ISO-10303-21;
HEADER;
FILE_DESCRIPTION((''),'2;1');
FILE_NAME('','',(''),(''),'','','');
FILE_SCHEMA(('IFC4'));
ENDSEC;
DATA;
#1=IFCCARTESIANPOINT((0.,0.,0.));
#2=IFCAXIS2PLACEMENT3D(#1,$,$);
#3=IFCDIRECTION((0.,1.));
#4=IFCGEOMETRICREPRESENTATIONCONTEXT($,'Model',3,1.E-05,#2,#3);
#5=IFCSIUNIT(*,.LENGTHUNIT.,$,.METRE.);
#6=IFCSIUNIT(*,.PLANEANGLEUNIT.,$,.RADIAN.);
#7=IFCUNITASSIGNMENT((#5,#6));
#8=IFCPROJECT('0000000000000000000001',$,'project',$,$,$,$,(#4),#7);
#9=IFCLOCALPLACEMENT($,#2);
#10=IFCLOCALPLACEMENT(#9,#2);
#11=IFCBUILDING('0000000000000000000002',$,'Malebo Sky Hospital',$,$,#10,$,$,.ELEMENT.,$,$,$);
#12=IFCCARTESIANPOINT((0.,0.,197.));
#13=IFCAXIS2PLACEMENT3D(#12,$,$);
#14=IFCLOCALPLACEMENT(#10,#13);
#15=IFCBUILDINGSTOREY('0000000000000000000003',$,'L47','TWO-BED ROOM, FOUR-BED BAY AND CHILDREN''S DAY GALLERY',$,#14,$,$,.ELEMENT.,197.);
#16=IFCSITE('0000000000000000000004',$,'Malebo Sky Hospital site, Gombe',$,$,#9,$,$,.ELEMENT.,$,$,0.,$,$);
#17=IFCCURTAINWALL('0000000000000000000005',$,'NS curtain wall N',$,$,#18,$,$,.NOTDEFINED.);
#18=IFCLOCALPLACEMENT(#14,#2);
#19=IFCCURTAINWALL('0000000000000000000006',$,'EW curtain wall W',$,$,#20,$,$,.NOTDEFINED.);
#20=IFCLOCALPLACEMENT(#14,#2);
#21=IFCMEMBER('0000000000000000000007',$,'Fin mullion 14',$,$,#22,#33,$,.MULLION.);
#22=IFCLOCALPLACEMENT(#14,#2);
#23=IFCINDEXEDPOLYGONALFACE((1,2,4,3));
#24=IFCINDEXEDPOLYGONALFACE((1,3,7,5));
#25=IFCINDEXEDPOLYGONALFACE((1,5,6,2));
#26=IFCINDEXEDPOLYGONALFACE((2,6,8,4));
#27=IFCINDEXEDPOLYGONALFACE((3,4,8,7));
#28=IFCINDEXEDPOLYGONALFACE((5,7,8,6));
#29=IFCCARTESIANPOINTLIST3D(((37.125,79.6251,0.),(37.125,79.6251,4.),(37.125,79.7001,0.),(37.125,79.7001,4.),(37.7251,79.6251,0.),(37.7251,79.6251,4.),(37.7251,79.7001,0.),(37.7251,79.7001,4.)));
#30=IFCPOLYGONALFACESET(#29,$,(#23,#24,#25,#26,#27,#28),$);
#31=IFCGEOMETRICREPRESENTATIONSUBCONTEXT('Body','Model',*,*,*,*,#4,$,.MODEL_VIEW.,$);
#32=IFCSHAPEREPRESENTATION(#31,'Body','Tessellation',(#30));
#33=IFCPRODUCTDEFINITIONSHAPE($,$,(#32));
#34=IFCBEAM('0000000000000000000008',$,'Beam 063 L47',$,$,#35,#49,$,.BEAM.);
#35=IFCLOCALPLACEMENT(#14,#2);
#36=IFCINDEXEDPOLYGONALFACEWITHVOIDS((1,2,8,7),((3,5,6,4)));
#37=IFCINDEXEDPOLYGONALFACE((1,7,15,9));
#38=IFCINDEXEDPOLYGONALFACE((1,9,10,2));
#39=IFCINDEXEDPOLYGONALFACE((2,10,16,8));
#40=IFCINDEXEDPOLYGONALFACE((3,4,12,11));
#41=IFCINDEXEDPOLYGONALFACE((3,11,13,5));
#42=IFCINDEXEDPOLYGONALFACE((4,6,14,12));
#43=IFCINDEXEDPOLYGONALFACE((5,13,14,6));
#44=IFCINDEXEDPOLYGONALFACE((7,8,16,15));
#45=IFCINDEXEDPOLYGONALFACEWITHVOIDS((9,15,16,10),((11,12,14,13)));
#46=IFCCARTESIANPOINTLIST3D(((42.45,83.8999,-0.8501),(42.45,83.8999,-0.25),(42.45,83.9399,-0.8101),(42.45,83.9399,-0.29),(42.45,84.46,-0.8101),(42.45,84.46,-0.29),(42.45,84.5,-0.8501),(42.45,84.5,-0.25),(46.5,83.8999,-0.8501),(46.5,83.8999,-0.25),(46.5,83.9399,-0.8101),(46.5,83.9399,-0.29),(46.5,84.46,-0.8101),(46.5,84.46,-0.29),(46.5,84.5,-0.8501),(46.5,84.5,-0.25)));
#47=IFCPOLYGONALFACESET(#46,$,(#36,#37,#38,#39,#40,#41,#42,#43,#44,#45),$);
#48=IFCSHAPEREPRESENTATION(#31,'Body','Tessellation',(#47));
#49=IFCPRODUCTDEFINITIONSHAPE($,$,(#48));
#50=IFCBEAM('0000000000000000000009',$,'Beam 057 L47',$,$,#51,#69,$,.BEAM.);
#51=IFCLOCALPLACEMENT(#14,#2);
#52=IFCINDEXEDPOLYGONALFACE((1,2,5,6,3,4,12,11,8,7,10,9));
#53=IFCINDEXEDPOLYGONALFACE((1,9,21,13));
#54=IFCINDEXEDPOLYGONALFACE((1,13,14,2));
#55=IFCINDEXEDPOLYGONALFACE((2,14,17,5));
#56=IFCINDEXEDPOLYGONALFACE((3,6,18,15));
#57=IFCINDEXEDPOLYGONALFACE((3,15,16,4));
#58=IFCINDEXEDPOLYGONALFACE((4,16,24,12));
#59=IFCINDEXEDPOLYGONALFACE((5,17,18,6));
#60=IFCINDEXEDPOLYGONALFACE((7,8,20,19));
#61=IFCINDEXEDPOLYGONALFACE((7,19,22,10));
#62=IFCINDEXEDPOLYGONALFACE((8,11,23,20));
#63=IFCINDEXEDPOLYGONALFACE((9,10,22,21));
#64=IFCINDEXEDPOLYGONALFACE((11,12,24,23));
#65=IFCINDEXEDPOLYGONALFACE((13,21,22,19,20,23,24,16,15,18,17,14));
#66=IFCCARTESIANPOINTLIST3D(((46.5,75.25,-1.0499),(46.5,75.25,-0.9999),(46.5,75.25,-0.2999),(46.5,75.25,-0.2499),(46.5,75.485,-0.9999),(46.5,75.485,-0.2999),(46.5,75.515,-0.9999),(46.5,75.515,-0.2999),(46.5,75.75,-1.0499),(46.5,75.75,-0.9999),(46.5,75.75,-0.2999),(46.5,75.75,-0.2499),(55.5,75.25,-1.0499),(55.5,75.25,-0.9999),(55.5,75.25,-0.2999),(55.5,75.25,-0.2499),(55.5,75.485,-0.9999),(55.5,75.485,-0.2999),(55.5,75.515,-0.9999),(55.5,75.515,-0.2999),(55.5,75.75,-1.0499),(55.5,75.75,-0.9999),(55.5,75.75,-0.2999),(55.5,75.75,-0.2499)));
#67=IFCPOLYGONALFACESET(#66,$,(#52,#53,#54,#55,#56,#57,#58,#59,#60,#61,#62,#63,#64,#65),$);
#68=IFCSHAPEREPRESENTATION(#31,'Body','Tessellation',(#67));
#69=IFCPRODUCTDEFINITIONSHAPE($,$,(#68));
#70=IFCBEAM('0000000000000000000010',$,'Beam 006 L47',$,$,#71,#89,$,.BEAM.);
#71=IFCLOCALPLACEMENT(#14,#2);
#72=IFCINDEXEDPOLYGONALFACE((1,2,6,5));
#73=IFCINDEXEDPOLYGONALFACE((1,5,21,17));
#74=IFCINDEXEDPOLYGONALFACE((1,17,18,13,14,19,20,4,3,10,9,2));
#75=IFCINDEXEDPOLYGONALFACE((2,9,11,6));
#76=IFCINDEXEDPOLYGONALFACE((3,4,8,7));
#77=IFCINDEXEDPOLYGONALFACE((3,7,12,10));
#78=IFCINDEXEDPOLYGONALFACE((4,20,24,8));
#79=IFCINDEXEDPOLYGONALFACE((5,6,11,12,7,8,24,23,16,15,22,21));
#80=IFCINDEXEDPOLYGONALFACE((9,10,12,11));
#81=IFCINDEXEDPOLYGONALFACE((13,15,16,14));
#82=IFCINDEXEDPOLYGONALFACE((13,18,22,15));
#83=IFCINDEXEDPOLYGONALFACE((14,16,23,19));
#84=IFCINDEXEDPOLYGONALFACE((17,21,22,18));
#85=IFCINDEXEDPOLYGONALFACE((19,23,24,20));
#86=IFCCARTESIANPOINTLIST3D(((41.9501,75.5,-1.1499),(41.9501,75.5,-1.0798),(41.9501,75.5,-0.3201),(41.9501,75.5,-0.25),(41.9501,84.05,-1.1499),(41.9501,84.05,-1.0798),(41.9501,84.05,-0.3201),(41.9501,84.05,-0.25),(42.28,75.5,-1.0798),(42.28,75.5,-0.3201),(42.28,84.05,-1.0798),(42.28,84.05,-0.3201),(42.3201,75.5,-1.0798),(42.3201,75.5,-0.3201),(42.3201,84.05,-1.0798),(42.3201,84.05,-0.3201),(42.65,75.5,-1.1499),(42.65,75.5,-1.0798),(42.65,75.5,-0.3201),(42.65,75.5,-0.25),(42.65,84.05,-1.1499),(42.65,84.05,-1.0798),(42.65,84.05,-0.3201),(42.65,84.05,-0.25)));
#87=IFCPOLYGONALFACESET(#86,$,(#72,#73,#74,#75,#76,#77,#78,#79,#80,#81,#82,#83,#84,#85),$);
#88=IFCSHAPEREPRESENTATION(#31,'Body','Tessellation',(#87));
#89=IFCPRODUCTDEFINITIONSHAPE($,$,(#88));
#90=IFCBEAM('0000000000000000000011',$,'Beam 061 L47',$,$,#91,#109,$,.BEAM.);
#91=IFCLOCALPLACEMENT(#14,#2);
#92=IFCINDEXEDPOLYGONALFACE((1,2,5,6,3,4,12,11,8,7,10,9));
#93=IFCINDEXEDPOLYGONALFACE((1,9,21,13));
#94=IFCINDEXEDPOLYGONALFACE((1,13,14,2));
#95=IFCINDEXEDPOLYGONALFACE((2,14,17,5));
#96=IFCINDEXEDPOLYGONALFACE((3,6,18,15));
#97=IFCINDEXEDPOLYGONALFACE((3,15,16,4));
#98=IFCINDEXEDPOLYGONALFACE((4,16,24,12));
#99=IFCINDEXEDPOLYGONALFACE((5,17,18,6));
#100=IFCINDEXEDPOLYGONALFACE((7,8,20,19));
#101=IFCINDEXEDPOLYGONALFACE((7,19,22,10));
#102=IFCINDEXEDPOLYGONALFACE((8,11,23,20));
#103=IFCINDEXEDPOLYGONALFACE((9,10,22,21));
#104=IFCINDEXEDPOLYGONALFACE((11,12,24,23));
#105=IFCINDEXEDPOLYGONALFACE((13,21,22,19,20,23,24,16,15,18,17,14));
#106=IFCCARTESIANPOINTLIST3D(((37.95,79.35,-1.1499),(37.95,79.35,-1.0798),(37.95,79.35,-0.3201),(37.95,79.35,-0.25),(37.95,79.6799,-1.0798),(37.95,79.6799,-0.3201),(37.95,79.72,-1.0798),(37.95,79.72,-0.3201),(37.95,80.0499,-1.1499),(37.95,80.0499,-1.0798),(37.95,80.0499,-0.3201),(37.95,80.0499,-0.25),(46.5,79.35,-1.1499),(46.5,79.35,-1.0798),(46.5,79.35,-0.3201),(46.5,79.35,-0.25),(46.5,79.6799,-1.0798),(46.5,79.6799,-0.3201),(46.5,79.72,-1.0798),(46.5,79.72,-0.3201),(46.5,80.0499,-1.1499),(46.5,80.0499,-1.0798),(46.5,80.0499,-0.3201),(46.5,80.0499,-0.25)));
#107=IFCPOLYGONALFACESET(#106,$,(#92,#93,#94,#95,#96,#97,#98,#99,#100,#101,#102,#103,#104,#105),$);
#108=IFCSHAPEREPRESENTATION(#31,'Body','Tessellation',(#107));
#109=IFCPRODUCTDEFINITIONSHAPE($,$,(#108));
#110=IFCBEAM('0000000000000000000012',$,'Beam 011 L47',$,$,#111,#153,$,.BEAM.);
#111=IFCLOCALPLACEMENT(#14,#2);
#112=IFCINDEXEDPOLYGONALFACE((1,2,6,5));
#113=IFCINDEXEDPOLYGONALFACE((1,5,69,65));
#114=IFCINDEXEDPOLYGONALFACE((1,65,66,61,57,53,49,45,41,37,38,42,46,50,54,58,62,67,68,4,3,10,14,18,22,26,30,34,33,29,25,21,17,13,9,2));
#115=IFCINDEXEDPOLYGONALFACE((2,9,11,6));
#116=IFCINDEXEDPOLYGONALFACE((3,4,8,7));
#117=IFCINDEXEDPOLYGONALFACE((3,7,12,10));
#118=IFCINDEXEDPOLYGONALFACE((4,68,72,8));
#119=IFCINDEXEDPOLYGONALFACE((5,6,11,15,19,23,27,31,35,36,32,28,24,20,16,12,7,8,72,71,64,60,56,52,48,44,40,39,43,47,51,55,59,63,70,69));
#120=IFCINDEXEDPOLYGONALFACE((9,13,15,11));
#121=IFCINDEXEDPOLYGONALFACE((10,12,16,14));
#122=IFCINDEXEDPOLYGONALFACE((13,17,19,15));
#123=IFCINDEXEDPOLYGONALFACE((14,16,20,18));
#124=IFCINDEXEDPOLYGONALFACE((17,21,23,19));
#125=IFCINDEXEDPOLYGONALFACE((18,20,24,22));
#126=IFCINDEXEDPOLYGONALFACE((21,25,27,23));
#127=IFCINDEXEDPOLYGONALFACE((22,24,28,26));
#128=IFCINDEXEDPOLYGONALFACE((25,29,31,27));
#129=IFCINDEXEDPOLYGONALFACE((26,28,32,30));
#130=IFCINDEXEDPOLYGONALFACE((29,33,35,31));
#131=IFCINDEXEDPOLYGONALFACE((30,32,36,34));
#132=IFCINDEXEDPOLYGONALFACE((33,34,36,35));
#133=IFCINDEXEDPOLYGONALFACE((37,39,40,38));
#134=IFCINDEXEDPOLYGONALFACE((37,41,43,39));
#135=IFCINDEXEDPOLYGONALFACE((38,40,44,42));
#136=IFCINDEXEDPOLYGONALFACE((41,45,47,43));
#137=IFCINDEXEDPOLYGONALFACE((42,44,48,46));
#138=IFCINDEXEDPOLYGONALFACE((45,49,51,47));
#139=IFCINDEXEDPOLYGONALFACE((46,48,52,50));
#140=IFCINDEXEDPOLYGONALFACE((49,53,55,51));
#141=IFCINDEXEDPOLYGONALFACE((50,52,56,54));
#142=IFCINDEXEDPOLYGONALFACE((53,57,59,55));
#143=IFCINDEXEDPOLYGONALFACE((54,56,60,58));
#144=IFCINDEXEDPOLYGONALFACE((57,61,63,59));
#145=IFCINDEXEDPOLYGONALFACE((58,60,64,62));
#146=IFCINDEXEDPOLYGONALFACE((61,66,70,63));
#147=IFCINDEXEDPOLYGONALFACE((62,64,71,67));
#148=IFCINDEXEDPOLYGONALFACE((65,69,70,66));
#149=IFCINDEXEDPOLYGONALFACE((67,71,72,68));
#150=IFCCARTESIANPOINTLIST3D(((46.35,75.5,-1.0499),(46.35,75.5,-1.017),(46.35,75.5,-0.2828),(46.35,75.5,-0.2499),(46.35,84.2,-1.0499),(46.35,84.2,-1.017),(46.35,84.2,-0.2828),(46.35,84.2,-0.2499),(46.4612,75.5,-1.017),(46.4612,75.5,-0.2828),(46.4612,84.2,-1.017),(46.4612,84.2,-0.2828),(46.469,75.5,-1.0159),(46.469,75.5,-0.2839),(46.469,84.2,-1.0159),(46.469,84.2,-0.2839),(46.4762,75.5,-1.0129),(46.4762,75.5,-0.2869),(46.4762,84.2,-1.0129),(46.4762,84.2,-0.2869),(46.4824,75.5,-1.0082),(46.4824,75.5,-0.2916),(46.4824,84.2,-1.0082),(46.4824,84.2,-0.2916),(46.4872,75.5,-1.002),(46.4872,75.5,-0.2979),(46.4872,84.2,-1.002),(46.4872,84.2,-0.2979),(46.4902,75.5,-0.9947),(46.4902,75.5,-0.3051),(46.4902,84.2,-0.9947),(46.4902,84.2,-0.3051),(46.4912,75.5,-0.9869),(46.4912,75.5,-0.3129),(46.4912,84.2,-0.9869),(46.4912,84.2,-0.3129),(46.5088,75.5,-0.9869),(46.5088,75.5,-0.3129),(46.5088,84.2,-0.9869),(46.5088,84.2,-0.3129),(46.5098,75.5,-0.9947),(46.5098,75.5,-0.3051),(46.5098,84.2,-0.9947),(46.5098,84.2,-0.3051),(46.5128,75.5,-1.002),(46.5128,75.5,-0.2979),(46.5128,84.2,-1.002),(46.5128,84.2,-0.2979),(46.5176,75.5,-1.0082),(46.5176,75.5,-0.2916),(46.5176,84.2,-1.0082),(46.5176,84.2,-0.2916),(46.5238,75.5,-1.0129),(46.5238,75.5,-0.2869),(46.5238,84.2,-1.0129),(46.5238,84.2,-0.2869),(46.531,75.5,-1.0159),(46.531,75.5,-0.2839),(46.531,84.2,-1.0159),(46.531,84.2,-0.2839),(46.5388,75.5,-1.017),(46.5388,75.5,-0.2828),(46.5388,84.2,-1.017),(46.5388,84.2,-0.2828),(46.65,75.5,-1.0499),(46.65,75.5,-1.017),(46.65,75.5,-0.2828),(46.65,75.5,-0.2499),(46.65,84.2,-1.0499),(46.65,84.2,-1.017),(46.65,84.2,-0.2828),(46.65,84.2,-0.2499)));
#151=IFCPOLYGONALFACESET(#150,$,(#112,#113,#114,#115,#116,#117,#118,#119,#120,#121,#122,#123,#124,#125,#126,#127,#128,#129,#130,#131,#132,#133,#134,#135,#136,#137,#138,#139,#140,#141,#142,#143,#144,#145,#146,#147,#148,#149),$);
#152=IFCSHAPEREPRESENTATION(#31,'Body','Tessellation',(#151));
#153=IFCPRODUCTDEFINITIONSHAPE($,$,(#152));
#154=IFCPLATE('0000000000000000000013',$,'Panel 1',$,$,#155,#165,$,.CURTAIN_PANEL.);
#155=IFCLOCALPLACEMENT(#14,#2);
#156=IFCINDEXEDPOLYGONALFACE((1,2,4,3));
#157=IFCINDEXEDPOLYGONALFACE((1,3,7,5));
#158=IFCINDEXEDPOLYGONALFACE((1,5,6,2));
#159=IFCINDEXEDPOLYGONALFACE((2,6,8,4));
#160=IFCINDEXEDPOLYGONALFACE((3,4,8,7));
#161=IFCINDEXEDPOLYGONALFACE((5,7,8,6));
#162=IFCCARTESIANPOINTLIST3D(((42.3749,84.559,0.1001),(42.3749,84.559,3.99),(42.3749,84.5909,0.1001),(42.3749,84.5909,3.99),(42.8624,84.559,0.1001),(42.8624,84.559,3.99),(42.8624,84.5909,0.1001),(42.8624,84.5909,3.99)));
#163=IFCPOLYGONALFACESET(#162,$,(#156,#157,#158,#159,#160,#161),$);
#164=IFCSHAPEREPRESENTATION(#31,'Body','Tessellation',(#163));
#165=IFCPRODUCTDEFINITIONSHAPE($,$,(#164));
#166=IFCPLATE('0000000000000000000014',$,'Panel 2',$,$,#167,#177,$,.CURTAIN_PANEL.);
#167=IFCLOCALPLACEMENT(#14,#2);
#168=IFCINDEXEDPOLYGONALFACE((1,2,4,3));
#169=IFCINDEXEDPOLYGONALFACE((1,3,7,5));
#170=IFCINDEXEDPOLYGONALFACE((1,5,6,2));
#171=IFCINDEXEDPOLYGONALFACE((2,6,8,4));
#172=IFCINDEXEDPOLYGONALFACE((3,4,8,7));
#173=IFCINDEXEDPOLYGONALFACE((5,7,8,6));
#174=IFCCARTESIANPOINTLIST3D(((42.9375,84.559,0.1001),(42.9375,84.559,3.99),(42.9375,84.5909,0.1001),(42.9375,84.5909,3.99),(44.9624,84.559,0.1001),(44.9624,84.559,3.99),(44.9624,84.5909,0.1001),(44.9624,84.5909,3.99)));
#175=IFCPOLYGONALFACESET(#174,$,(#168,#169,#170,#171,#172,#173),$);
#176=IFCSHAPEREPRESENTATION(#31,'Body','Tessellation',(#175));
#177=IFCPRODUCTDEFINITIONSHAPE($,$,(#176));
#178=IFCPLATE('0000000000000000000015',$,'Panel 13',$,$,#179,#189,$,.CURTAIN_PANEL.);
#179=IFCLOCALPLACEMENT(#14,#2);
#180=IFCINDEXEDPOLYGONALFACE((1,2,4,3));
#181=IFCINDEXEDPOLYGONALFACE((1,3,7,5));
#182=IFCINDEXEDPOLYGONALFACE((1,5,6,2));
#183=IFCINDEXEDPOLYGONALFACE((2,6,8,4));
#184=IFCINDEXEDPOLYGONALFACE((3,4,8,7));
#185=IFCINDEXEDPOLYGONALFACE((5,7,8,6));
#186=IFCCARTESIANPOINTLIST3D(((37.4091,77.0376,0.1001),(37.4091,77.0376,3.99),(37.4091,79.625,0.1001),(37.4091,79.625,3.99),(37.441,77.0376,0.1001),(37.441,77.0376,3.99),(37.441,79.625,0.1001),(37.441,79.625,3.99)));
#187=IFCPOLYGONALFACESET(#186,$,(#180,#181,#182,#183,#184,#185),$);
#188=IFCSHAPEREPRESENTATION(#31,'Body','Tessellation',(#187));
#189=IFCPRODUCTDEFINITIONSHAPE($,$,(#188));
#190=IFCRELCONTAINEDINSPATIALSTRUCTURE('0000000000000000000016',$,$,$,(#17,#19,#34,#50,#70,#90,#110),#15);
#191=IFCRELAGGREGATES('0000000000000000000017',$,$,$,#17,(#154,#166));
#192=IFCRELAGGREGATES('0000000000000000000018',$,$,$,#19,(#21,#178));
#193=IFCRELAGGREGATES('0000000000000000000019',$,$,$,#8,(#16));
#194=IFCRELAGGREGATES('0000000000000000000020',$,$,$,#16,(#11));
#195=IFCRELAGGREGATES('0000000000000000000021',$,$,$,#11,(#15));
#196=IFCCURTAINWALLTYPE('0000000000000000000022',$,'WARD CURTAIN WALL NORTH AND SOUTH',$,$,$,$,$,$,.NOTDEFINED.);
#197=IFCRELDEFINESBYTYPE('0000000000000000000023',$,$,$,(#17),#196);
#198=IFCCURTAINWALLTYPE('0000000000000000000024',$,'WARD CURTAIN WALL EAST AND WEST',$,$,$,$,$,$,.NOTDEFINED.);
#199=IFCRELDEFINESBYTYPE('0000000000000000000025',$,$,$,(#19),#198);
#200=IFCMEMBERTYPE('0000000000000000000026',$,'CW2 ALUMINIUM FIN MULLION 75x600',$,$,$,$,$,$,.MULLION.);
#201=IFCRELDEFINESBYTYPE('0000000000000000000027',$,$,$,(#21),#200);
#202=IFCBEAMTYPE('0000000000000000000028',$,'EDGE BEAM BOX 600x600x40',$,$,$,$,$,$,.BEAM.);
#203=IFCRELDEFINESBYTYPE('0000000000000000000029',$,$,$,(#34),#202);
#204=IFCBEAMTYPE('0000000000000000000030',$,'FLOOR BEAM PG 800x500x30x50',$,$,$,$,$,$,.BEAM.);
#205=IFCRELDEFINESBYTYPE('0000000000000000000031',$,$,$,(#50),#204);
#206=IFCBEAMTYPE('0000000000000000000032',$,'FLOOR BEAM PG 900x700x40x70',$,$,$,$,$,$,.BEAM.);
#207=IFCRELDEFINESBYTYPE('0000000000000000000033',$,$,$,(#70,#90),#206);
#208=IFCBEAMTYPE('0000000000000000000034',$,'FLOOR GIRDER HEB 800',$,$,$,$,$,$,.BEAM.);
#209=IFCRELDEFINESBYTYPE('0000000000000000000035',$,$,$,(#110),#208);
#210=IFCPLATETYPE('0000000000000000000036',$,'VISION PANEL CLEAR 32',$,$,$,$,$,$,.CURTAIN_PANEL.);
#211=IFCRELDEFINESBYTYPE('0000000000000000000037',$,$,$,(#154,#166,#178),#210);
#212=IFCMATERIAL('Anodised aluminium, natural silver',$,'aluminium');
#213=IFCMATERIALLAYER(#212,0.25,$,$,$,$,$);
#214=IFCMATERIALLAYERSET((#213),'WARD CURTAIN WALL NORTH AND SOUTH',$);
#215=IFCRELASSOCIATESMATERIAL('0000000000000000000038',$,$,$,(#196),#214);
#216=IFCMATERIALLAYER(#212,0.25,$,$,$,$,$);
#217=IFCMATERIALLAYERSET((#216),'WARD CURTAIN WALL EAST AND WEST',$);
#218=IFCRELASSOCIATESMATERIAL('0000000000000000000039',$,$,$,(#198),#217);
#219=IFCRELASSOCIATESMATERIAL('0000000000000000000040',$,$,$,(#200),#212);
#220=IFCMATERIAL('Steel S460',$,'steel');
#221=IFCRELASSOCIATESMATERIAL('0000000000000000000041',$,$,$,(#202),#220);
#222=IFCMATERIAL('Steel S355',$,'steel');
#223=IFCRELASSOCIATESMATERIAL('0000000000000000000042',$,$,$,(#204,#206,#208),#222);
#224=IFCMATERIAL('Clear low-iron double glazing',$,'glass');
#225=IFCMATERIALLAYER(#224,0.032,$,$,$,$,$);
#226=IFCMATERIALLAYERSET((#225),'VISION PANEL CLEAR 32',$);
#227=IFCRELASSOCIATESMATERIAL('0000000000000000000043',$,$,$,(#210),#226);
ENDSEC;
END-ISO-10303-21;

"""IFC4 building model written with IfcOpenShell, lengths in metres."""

from ifc_helpers import new_model, si_unit, direction, frame, origin, origin_2d, place, context, subcontext, project, spatial, rectangle, hollow_rectangle, i_section, extrude, material, layer, layer_set, material_profile, profile_set, type_object, element, aggregate, save


model = new_model("IFC4")

# Units and contexts
model_context = context("Model", 3, precision=1e-05, world=origin(), true_north=direction((0.0, 1.0)))
body_context = subcontext(model_context, "Body", "Model", "MODEL_VIEW")
ifc_project = project(units=[si_unit("LENGTHUNIT", "METRE"), si_unit("PLANEANGLEUNIT", "RADIAN")], contexts=[model_context])

# Site, building, storey
site_placement = place(None, origin())
site = spatial("IfcSite", under=ifc_project, at=site_placement, Name="Malebo Sky Hospital site, Gombe", CompositionType="ELEMENT", RefElevation=0.0)
building_placement = place(site_placement, origin())
building = spatial("IfcBuilding", under=site, at=building_placement, Name="Malebo Sky Hospital", CompositionType="ELEMENT")
storey_placement = place(building_placement, frame((0.0, 0.0, 197.0)))
storey = spatial("IfcBuildingStorey", under=building, at=storey_placement, Name="L47", Description="TWO-BED ROOM, FOUR-BED BAY AND CHILDREN'S DAY GALLERY", CompositionType="ELEMENT", Elevation=197.0)

# Shared definitions
ifc_material_1 = material(Name="Steel S460", Category="steel")

# Curtain wall
ifc_material_2 = material(Name="Anodised aluminium, natural silver", Category="aluminium")
ifc_layer_1 = layer(ifc_material_2, 0.25)
ifc_layer_set_1 = layer_set([ifc_layer_1], Name="WARD CURTAIN WALL NORTH AND SOUTH")
curtain_wall_type_1 = type_object("IfcCurtainWallType", Name="WARD CURTAIN WALL NORTH AND SOUTH", PredefinedType="NOTDEFINED", material=ifc_layer_set_1)
curtain_wall_1_placement = place(storey_placement, origin())
curtain_wall_1 = element("IfcCurtainWall", 1, at=curtain_wall_1_placement, inside=storey, type_object=curtain_wall_type_1, Name="NS curtain wall N", PredefinedType="NOTDEFINED")

# Curtain wall
ifc_layer_2 = layer(ifc_material_2, 0.25)
ifc_layer_set_2 = layer_set([ifc_layer_2], Name="WARD CURTAIN WALL EAST AND WEST")
curtain_wall_type_2 = type_object("IfcCurtainWallType", Name="WARD CURTAIN WALL EAST AND WEST", PredefinedType="NOTDEFINED", material=ifc_layer_set_2)
curtain_wall_2_placement = place(storey_placement, origin())
curtain_wall_2 = element("IfcCurtainWall", 2, at=curtain_wall_2_placement, inside=storey, type_object=curtain_wall_type_2, Name="EW curtain wall W", PredefinedType="NOTDEFINED")

# Member
ifc_material_profile_1 = material_profile(ifc_material_2, rectangle(XDim=0.075, YDim=0.6001, at=origin_2d()), Name="CW2 ALUMINIUM FIN MULLION 75x600")
ifc_profile_set_1 = profile_set([ifc_material_profile_1], Name="Anodised aluminium, natural silver")
member_type_1 = type_object("IfcMemberType", Name="CW2 ALUMINIUM FIN MULLION 75x600", PredefinedType="MULLION", material=ifc_profile_set_1)
member_1_placement = place(storey_placement, frame((37.425, 79.6626, 0.0), z_axis=(0.0, 0.0, 1.0), x_axis=(0.0, 1.0, 0.0)))
member_1 = element("IfcMember", 3, at=member_1_placement, type_object=member_type_1, Name="Fin mullion 14", PredefinedType="MULLION", context=body_context, shape_type="SweptSolid", body=[
    extrude(rectangle(XDim=0.075, YDim=0.6001, at=origin_2d()), origin(), (0.0, 0.0, 1.0), 4.0),
])

# Beams
ifc_material_profile_2 = material_profile(ifc_material_1, hollow_rectangle(XDim=0.6001, YDim=0.6001, WallThickness=0.04, at=origin_2d()), Name="BOX 600x600x40")
ifc_profile_set_2 = profile_set([ifc_material_profile_2], Name="Steel S460")
beam_type_1 = type_object("IfcBeamType", Name="EDGE BEAM BOX 600x600x40", PredefinedType="BEAM", material=ifc_profile_set_2)
beam_1_placement = place(storey_placement, frame((42.45, 84.2, -0.55), z_axis=(1.0, 0.0, 0.0), x_axis=(0.0, 1.0, 0.0)))
element("IfcBeam", 4, at=beam_1_placement, inside=storey, type_object=beam_type_1, Name="Beam 063 L47", PredefinedType="BEAM", context=body_context, shape_type="SweptSolid", body=[
    extrude(hollow_rectangle(XDim=0.6001, YDim=0.6001, WallThickness=0.04, at=origin_2d()), origin(), (0.0, 0.0, 1.0), 4.05),
])
ifc_material_3 = material(Name="Steel S355", Category="steel")
ifc_material_profile_3 = material_profile(ifc_material_3, i_section(OverallWidth=0.5, OverallDepth=0.8, WebThickness=0.03, FlangeThickness=0.05, at=origin_2d()), Name="PG 800x500x30x50")
ifc_profile_set_3 = profile_set([ifc_material_profile_3], Name="Steel S355")
beam_type_2 = type_object("IfcBeamType", Name="FLOOR BEAM PG 800x500x30x50", PredefinedType="BEAM", material=ifc_profile_set_3)
beam_2_placement = place(storey_placement, frame((46.5, 75.5, -0.6499), z_axis=(1.0, 0.0, 0.0), x_axis=(0.0, 1.0, 0.0)))
element("IfcBeam", 5, at=beam_2_placement, inside=storey, type_object=beam_type_2, Name="Beam 057 L47", PredefinedType="BEAM", context=body_context, shape_type="SweptSolid", body=[
    extrude(i_section(OverallWidth=0.5, OverallDepth=0.8, WebThickness=0.03, FlangeThickness=0.05, at=origin_2d()), origin(), (0.0, 0.0, 1.0), 9.0),
])
ifc_material_profile_4 = material_profile(ifc_material_3, i_section(OverallWidth=0.7, OverallDepth=0.8999, WebThickness=0.04, FlangeThickness=0.0701, at=origin_2d()), Name="PG 900x700x40x70")
ifc_profile_set_4 = profile_set([ifc_material_profile_4], Name="Steel S355")
beam_type_3 = type_object("IfcBeamType", Name="FLOOR BEAM PG 900x700x40x70", PredefinedType="BEAM", material=ifc_profile_set_4)
for number, where, z_axis, x_axis, name in (
    (6, (42.3, 75.5, -0.7), (0.0, 1.0, 0.0), (-1.0, 0.0, 0.0), "Beam 006 L47"),
    (7, (37.95, 79.7, -0.7), (1.0, 0.0, 0.0), (0.0, 1.0, 0.0), "Beam 061 L47"),
):
    element("IfcBeam", number, at=place(storey_placement, frame(where, z_axis=z_axis, x_axis=x_axis)), inside=storey, type_object=beam_type_3, Name=name, PredefinedType="BEAM", context=body_context, shape_type="SweptSolid", body=[
        extrude(i_section(OverallWidth=0.7, OverallDepth=0.8999, WebThickness=0.04, FlangeThickness=0.0701, at=origin_2d()), origin(), (0.0, 0.0, 1.0), 8.55),
    ])
ifc_material_profile_5 = material_profile(ifc_material_3, i_section(OverallWidth=0.3, OverallDepth=0.8, WebThickness=0.0176, FlangeThickness=0.033, FilletRadius=0.03, at=origin_2d()), Name="HEB 800")
ifc_profile_set_5 = profile_set([ifc_material_profile_5], Name="Steel S355")
beam_type_4 = type_object("IfcBeamType", Name="FLOOR GIRDER HEB 800", PredefinedType="BEAM", material=ifc_profile_set_5)
beam_3_placement = place(storey_placement, frame((46.5, 75.5, -0.6499), z_axis=(0.0, 1.0, 0.0), x_axis=(-1.0, 0.0, 0.0)))
element("IfcBeam", 8, at=beam_3_placement, inside=storey, type_object=beam_type_4, Name="Beam 011 L47", PredefinedType="BEAM", context=body_context, shape_type="SweptSolid", body=[
    extrude(i_section(OverallWidth=0.3, OverallDepth=0.8, WebThickness=0.0176, FlangeThickness=0.033, FilletRadius=0.03, at=origin_2d()), origin(), (0.0, 0.0, 1.0), 8.7),
])

# Plates
ifc_material_4 = material(Name="Clear low-iron double glazing", Category="glass")
ifc_layer_3 = layer(ifc_material_4, 0.032)
ifc_layer_set_3 = layer_set([ifc_layer_3], Name="VISION PANEL CLEAR 32")
plate_type = type_object("IfcPlateType", Name="VISION PANEL CLEAR 32", PredefinedType="CURTAIN_PANEL", material=ifc_layer_set_3)
plate_1_placement = place(storey_placement, frame((42.6187, 84.575, 0.1001), z_axis=(0.0, 0.0, 1.0), x_axis=(1.0, 0.0, 0.0)))
plate_1 = element("IfcPlate", 9, at=plate_1_placement, type_object=plate_type, Name="Panel 1", PredefinedType="CURTAIN_PANEL", context=body_context, shape_type="SweptSolid", body=[
    extrude(rectangle(XDim=0.4875, YDim=0.032, at=origin_2d()), origin(), (0.0, 0.0, 1.0), 3.8899),
])
plate_2_placement = place(storey_placement, frame((43.95, 84.575, 0.1001), z_axis=(0.0, 0.0, 1.0), x_axis=(1.0, 0.0, 0.0)))
plate_2 = element("IfcPlate", 10, at=plate_2_placement, type_object=plate_type, Name="Panel 2", PredefinedType="CURTAIN_PANEL", context=body_context, shape_type="SweptSolid", body=[
    extrude(rectangle(XDim=2.0249, YDim=0.032, at=origin_2d()), origin(), (0.0, 0.0, 1.0), 3.8899),
])
aggregate(curtain_wall_1, [plate_1, plate_2])
plate_3_placement = place(storey_placement, frame((37.425, 78.3313, 0.1001), z_axis=(0.0, 0.0, 1.0), x_axis=(0.0, 1.0, 0.0)))
plate_3 = element("IfcPlate", 11, at=plate_3_placement, type_object=plate_type, Name="Panel 13", PredefinedType="CURTAIN_PANEL", context=body_context, shape_type="SweptSolid", body=[
    extrude(rectangle(XDim=2.5874, YDim=0.032, at=origin_2d()), origin(), (0.0, 0.0, 1.0), 3.8899),
])
aggregate(curtain_wall_2, [member_1, plate_3])

save(model, "model.ifc")
